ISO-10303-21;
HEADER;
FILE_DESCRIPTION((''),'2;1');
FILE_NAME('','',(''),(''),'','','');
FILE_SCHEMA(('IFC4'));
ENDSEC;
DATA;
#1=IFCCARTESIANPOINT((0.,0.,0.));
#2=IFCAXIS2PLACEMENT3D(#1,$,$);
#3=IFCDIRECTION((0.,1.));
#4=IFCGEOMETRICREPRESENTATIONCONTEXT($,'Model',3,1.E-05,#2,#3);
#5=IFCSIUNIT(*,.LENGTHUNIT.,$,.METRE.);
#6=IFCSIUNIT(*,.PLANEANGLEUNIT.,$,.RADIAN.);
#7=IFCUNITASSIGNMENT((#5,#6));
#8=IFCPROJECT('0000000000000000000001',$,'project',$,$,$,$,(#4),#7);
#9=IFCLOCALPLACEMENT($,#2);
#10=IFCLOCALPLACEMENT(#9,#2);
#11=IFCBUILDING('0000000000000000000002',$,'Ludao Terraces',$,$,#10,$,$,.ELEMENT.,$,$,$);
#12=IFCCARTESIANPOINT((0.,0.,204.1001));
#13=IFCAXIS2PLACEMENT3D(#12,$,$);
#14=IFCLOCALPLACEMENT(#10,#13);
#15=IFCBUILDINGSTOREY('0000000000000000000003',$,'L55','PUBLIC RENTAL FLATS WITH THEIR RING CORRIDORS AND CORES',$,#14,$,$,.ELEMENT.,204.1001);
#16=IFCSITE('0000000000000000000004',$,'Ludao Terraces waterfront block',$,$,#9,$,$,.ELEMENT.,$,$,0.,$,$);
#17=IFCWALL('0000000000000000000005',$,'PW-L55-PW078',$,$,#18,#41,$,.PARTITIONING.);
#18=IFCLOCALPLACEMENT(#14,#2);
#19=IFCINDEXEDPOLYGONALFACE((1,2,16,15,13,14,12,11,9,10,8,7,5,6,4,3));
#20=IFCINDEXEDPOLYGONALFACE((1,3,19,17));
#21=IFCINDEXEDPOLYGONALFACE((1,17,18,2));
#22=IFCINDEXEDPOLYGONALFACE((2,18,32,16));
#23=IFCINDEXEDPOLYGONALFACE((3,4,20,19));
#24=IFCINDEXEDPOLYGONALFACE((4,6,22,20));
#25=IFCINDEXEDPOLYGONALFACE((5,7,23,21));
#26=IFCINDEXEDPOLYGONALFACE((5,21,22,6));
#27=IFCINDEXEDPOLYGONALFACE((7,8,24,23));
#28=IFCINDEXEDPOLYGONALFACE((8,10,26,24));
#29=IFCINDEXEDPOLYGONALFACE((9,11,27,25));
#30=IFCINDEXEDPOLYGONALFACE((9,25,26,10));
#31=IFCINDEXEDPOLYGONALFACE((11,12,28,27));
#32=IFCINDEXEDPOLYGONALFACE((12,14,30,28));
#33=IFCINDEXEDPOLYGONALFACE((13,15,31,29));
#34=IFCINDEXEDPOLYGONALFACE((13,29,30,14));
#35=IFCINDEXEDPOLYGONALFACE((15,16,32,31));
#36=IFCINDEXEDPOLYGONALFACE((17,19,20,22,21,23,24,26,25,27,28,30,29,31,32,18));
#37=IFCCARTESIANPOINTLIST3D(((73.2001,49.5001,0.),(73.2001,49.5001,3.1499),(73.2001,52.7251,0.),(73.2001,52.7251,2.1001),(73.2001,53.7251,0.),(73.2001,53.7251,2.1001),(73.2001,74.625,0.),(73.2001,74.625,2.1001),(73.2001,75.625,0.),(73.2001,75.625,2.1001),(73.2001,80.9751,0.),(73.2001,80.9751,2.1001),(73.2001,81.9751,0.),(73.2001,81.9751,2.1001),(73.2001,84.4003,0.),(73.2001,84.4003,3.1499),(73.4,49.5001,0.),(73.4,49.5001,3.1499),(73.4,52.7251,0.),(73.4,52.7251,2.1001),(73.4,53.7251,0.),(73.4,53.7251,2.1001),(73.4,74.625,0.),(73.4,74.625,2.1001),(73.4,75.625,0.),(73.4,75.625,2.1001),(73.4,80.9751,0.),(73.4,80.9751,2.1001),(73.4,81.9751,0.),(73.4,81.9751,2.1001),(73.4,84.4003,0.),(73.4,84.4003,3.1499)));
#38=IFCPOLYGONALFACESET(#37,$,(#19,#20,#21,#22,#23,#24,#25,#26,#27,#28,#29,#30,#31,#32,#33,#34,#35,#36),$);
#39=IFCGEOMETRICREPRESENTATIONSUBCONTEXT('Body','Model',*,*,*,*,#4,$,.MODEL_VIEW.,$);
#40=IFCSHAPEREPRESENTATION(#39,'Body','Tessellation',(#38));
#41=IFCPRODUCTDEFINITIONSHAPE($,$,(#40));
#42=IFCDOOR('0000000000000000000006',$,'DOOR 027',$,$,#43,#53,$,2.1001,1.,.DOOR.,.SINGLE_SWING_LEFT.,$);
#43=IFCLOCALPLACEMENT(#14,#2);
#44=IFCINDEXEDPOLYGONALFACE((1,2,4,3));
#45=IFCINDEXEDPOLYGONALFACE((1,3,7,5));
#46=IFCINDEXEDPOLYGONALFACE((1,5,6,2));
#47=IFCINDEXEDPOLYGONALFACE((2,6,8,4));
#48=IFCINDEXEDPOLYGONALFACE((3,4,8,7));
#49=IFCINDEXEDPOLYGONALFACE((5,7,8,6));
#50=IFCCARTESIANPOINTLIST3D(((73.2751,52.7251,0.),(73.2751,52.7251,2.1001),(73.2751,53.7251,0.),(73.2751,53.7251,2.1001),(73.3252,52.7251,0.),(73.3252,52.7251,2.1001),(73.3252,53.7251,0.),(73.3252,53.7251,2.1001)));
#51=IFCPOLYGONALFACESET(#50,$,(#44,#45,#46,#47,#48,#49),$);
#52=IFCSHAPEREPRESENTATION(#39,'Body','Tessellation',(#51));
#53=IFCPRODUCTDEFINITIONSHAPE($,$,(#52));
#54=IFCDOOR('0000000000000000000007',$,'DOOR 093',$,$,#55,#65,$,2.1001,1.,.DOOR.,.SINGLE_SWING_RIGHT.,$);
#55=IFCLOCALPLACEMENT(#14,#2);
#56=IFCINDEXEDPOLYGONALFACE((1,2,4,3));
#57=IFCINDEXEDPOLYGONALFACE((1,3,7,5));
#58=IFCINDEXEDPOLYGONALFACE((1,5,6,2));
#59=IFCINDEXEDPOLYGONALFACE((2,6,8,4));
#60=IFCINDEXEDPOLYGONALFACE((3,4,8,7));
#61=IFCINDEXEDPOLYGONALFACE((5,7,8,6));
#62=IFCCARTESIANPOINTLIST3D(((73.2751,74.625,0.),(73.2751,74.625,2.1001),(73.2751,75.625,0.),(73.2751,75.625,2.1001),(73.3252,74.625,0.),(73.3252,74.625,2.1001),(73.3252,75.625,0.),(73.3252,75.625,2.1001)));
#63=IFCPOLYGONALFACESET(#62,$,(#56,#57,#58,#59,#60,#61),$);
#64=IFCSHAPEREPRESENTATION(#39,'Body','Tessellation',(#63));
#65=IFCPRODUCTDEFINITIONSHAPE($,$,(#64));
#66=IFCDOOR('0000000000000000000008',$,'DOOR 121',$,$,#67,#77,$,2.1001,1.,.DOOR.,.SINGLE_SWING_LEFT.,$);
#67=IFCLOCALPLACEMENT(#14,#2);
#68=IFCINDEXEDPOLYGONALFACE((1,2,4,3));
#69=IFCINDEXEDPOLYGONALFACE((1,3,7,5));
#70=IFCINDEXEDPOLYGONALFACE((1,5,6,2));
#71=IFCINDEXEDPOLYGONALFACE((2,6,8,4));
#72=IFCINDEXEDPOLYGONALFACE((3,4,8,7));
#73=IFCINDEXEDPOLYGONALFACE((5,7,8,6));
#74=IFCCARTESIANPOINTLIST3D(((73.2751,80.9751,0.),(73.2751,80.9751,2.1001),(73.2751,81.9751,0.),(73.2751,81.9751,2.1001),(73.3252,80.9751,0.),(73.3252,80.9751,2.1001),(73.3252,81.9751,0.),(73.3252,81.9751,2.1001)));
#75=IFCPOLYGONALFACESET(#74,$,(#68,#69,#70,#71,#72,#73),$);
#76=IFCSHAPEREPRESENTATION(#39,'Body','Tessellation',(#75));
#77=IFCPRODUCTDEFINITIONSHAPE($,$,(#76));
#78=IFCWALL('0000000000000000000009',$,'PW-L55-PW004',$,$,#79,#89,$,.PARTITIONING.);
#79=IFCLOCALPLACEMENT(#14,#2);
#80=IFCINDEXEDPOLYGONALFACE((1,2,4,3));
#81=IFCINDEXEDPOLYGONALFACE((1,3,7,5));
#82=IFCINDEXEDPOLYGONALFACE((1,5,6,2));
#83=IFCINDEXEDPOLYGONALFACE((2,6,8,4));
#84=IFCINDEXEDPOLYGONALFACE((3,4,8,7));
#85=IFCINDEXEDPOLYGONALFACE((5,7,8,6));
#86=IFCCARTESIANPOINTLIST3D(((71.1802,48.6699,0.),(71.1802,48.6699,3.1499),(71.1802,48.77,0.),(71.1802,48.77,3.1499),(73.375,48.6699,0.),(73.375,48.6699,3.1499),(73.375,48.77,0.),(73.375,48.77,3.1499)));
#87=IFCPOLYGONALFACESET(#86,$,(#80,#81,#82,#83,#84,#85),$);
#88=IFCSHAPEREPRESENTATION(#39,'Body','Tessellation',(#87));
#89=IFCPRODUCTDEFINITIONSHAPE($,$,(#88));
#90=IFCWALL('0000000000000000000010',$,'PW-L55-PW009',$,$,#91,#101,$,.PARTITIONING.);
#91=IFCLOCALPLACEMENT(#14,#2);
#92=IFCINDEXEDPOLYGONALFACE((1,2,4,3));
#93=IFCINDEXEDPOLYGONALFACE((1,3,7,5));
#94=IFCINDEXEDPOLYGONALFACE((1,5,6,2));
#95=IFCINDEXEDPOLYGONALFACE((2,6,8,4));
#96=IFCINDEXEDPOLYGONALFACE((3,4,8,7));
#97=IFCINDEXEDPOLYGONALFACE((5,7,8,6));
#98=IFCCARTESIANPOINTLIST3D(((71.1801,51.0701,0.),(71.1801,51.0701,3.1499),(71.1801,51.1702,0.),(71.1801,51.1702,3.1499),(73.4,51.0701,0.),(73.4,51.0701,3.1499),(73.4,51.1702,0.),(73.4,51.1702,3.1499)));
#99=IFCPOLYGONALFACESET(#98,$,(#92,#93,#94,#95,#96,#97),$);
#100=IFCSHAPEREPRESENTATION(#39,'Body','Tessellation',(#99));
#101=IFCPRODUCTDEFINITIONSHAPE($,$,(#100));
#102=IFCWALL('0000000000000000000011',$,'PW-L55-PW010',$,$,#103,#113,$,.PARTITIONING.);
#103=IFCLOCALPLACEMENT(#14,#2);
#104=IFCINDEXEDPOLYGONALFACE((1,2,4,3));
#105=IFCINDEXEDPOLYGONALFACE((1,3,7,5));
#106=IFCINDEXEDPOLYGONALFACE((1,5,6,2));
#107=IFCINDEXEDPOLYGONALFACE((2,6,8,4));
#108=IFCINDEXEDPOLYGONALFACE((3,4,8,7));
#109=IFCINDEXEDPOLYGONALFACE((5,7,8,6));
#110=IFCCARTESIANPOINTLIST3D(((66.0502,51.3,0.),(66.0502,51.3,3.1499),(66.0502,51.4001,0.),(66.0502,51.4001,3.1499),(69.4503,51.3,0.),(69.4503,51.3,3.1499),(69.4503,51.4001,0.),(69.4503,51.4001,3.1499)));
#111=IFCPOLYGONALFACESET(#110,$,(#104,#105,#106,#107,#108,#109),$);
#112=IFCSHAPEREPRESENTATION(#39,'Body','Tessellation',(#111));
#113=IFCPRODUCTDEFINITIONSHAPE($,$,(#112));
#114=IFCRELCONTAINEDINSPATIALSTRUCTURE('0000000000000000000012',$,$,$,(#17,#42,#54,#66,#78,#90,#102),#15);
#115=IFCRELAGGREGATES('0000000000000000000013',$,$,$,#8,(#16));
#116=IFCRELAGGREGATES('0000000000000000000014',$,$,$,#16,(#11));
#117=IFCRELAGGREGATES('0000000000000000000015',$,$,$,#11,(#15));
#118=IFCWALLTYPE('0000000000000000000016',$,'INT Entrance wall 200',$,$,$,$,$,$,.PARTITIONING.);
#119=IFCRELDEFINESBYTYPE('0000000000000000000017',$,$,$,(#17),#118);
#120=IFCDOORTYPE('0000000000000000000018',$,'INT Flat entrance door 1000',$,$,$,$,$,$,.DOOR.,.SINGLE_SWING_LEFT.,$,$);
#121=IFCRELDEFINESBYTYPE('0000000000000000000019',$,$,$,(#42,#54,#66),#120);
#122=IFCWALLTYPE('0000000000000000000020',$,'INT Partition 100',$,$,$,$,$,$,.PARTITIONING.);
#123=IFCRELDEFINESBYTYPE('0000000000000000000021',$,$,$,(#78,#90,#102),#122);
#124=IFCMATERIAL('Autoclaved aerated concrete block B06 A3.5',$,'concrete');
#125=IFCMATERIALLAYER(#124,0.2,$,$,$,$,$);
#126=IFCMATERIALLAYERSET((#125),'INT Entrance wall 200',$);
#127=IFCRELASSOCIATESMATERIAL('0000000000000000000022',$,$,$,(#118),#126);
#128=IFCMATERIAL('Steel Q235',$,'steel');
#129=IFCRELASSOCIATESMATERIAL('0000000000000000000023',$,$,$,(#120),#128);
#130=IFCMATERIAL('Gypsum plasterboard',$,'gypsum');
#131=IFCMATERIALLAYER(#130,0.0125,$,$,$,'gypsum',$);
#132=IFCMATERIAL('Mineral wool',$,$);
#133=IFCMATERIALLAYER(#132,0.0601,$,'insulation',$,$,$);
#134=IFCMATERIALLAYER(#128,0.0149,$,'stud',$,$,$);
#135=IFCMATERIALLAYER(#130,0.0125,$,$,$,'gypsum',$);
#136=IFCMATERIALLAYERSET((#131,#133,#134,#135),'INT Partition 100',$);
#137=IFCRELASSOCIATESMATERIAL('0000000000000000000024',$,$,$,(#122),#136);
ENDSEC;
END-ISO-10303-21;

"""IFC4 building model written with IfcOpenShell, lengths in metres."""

from ifc_helpers import new_model, si_unit, direction, frame, frame_2d, origin, place, context, subcontext, project, spatial, rectangle, extrude, material, layer, layer_set, type_object, element, fill, save


model = new_model("IFC4")

# Units and contexts
model_context = context("Model", 3, precision=1e-05, world=origin(), true_north=direction((0.0, 1.0)))
body_context = subcontext(model_context, "Body", "Model", "MODEL_VIEW")
ifc_project = project(units=[si_unit("LENGTHUNIT", "METRE"), si_unit("PLANEANGLEUNIT", "RADIAN")], contexts=[model_context])

# Site, building, storey
site_placement = place(None, origin())
site = spatial("IfcSite", under=ifc_project, at=site_placement, Name="Ludao Terraces waterfront block", CompositionType="ELEMENT", RefElevation=0.0)
building_placement = place(site_placement, origin())
building = spatial("IfcBuilding", under=site, at=building_placement, Name="Ludao Terraces", CompositionType="ELEMENT")
storey_placement = place(building_placement, frame((0.0, 0.0, 204.1001)))
storey = spatial("IfcBuildingStorey", under=building, at=storey_placement, Name="L55", Description="PUBLIC RENTAL FLATS WITH THEIR RING CORRIDORS AND CORES", CompositionType="ELEMENT", Elevation=204.1001)

# Wall, openings, doors
ifc_material_1 = material(Name="Autoclaved aerated concrete block B06 A3.5", Category="concrete")
ifc_layer_1 = layer(ifc_material_1, 0.2)
ifc_layer_set_1 = layer_set([ifc_layer_1], Name="INT Entrance wall 200")
wall_type_1 = type_object("IfcWallType", Name="INT Entrance wall 200", PredefinedType="PARTITIONING", material=ifc_layer_set_1)
wall_1_placement = place(storey_placement, frame((73.3, 49.5, 0.0), z_axis=(0.0, 0.0, 1.0), x_axis=(0.0, 1.0, 0.0)))
wall_1 = element("IfcWall", 1, at=wall_1_placement, inside=storey, type_object=wall_type_1, Name="PW-L55-PW078", PredefinedType="PARTITIONING", context=body_context, shape_type="SweptSolid", body=[
    extrude(rectangle(XDim=34.9001, YDim=0.2, at=frame_2d((17.4502, 0.0))), origin(), (0.0, 0.0, 1.0), 3.1499),
])
opening_1_placement = place(wall_1_placement, frame((3.2251, 0.0, 0.0)))
opening_1 = element("IfcOpeningElement", 2, at=opening_1_placement, cuts=wall_1, PredefinedType="OPENING", context=body_context, shape_type="SweptSolid", body=[
    extrude(rectangle(XDim=1.0, YDim=2.1001, at=frame_2d((0.5, 1.05))), frame((0.0, 0.1099, 0.0), z_axis=(0.0, -1.0, 0.0), x_axis=(1.0, 0.0, 0.0)), (0.0, 0.0, 1.0), 0.22),
])
opening_2_placement = place(wall_1_placement, frame((25.125, 0.0, 0.0)))
opening_2 = element("IfcOpeningElement", 3, at=opening_2_placement, cuts=wall_1, PredefinedType="OPENING", context=body_context, shape_type="SweptSolid", body=[
    extrude(rectangle(XDim=1.0, YDim=2.1001, at=frame_2d((0.5, 1.05))), frame((0.0, 0.1099, 0.0), z_axis=(0.0, -1.0, 0.0), x_axis=(1.0, 0.0, 0.0)), (0.0, 0.0, 1.0), 0.22),
])
opening_3_placement = place(wall_1_placement, frame((31.4751, 0.0, 0.0)))
opening_3 = element("IfcOpeningElement", 4, at=opening_3_placement, cuts=wall_1, PredefinedType="OPENING", context=body_context, shape_type="SweptSolid", body=[
    extrude(rectangle(XDim=1.0, YDim=2.1001, at=frame_2d((0.5, 1.05))), frame((0.0, 0.1099, 0.0), z_axis=(0.0, -1.0, 0.0), x_axis=(1.0, 0.0, 0.0)), (0.0, 0.0, 1.0), 0.22),
])
ifc_material_2 = material(Name="Steel Q235", Category="steel")
door_type_1 = type_object("IfcDoorType", Name="INT Flat entrance door 1000", OperationType="SINGLE_SWING_LEFT", PredefinedType="DOOR", material=ifc_material_2)
door_1_placement = place(opening_1_placement, origin())
door_1 = element("IfcDoor", 5, at=door_1_placement, inside=storey, type_object=door_type_1, Name="DOOR 027", OperationType="SINGLE_SWING_LEFT", OverallHeight=2.1001, OverallWidth=1.0, PredefinedType="DOOR", context=body_context, shape_type="SweptSolid", body=[
    extrude(rectangle(XDim=1.0, YDim=2.1001, at=frame_2d((0.5, 1.05))), frame((0.0, 0.0249, 0.0), z_axis=(0.0, -1.0, 0.0), x_axis=(1.0, 0.0, 0.0)), (0.0, 0.0, 1.0), 0.05),
])
fill(opening_1, door_1)
door_2_placement = place(opening_2_placement, origin())
door_2 = element("IfcDoor", 6, at=door_2_placement, inside=storey, type_object=door_type_1, Name="DOOR 093", OperationType="SINGLE_SWING_RIGHT", OverallHeight=2.1001, OverallWidth=1.0, PredefinedType="DOOR", context=body_context, shape_type="SweptSolid", body=[
    extrude(rectangle(XDim=1.0, YDim=2.1001, at=frame_2d((0.5, 1.05))), frame((0.0, 0.0249, 0.0), z_axis=(0.0, -1.0, 0.0), x_axis=(1.0, 0.0, 0.0)), (0.0, 0.0, 1.0), 0.05),
])
fill(opening_2, door_2)
door_3_placement = place(opening_3_placement, origin())
door_3 = element("IfcDoor", 7, at=door_3_placement, inside=storey, type_object=door_type_1, Name="DOOR 121", OperationType="SINGLE_SWING_LEFT", OverallHeight=2.1001, OverallWidth=1.0, PredefinedType="DOOR", context=body_context, shape_type="SweptSolid", body=[
    extrude(rectangle(XDim=1.0, YDim=2.1001, at=frame_2d((0.5, 1.05))), frame((0.0, 0.0249, 0.0), z_axis=(0.0, -1.0, 0.0), x_axis=(1.0, 0.0, 0.0)), (0.0, 0.0, 1.0), 0.05),
])
fill(opening_3, door_3)

# Walls
ifc_material_3 = material(Name="Gypsum plasterboard", Category="gypsum")
ifc_layer_2 = layer(ifc_material_3, 0.0125, Category="gypsum")
ifc_material_4 = material(Name="Mineral wool")
ifc_layer_3 = layer(ifc_material_4, 0.0601, Name="insulation")
ifc_layer_4 = layer(ifc_material_2, 0.0149, Name="stud")
ifc_layer_5 = layer(ifc_material_3, 0.0125, Category="gypsum")
ifc_layer_set_2 = layer_set([ifc_layer_2, ifc_layer_3, ifc_layer_4, ifc_layer_5], Name="INT Partition 100")
wall_type_2 = type_object("IfcWallType", Name="INT Partition 100", PredefinedType="PARTITIONING", material=ifc_layer_set_2)
wall_2_placement = place(storey_placement, frame((71.1802, 48.72, 0.0), z_axis=(0.0, 0.0, 1.0), x_axis=(1.0, 0.0, 0.0)))
element("IfcWall", 8, at=wall_2_placement, inside=storey, type_object=wall_type_2, Name="PW-L55-PW004", PredefinedType="PARTITIONING", context=body_context, shape_type="SweptSolid", body=[
    extrude(rectangle(XDim=2.1948, YDim=0.1001, at=frame_2d((1.0974, 0.0))), origin(), (0.0, 0.0, 1.0), 3.1499),
])
wall_3_placement = place(storey_placement, frame((71.1802, 51.1201, 0.0), z_axis=(0.0, 0.0, 1.0), x_axis=(1.0, 0.0, 0.0)))
element("IfcWall", 9, at=wall_3_placement, inside=storey, type_object=wall_type_2, Name="PW-L55-PW009", PredefinedType="PARTITIONING", context=body_context, shape_type="SweptSolid", body=[
    extrude(rectangle(XDim=2.22, YDim=0.1001, at=frame_2d((1.1099, 0.0))), origin(), (0.0, 0.0, 1.0), 3.1499),
])
wall_4_placement = place(storey_placement, frame((66.05, 51.3501, 0.0), z_axis=(0.0, 0.0, 1.0), x_axis=(1.0, 0.0, 0.0)))
element("IfcWall", 10, at=wall_4_placement, inside=storey, type_object=wall_type_2, Name="PW-L55-PW010", PredefinedType="PARTITIONING", context=body_context, shape_type="SweptSolid", body=[
    extrude(rectangle(XDim=3.4001, YDim=0.1001, at=frame_2d((1.7002, 0.0))), origin(), (0.0, 0.0, 1.0), 3.1499),
])

save(model, "model.ifc")
